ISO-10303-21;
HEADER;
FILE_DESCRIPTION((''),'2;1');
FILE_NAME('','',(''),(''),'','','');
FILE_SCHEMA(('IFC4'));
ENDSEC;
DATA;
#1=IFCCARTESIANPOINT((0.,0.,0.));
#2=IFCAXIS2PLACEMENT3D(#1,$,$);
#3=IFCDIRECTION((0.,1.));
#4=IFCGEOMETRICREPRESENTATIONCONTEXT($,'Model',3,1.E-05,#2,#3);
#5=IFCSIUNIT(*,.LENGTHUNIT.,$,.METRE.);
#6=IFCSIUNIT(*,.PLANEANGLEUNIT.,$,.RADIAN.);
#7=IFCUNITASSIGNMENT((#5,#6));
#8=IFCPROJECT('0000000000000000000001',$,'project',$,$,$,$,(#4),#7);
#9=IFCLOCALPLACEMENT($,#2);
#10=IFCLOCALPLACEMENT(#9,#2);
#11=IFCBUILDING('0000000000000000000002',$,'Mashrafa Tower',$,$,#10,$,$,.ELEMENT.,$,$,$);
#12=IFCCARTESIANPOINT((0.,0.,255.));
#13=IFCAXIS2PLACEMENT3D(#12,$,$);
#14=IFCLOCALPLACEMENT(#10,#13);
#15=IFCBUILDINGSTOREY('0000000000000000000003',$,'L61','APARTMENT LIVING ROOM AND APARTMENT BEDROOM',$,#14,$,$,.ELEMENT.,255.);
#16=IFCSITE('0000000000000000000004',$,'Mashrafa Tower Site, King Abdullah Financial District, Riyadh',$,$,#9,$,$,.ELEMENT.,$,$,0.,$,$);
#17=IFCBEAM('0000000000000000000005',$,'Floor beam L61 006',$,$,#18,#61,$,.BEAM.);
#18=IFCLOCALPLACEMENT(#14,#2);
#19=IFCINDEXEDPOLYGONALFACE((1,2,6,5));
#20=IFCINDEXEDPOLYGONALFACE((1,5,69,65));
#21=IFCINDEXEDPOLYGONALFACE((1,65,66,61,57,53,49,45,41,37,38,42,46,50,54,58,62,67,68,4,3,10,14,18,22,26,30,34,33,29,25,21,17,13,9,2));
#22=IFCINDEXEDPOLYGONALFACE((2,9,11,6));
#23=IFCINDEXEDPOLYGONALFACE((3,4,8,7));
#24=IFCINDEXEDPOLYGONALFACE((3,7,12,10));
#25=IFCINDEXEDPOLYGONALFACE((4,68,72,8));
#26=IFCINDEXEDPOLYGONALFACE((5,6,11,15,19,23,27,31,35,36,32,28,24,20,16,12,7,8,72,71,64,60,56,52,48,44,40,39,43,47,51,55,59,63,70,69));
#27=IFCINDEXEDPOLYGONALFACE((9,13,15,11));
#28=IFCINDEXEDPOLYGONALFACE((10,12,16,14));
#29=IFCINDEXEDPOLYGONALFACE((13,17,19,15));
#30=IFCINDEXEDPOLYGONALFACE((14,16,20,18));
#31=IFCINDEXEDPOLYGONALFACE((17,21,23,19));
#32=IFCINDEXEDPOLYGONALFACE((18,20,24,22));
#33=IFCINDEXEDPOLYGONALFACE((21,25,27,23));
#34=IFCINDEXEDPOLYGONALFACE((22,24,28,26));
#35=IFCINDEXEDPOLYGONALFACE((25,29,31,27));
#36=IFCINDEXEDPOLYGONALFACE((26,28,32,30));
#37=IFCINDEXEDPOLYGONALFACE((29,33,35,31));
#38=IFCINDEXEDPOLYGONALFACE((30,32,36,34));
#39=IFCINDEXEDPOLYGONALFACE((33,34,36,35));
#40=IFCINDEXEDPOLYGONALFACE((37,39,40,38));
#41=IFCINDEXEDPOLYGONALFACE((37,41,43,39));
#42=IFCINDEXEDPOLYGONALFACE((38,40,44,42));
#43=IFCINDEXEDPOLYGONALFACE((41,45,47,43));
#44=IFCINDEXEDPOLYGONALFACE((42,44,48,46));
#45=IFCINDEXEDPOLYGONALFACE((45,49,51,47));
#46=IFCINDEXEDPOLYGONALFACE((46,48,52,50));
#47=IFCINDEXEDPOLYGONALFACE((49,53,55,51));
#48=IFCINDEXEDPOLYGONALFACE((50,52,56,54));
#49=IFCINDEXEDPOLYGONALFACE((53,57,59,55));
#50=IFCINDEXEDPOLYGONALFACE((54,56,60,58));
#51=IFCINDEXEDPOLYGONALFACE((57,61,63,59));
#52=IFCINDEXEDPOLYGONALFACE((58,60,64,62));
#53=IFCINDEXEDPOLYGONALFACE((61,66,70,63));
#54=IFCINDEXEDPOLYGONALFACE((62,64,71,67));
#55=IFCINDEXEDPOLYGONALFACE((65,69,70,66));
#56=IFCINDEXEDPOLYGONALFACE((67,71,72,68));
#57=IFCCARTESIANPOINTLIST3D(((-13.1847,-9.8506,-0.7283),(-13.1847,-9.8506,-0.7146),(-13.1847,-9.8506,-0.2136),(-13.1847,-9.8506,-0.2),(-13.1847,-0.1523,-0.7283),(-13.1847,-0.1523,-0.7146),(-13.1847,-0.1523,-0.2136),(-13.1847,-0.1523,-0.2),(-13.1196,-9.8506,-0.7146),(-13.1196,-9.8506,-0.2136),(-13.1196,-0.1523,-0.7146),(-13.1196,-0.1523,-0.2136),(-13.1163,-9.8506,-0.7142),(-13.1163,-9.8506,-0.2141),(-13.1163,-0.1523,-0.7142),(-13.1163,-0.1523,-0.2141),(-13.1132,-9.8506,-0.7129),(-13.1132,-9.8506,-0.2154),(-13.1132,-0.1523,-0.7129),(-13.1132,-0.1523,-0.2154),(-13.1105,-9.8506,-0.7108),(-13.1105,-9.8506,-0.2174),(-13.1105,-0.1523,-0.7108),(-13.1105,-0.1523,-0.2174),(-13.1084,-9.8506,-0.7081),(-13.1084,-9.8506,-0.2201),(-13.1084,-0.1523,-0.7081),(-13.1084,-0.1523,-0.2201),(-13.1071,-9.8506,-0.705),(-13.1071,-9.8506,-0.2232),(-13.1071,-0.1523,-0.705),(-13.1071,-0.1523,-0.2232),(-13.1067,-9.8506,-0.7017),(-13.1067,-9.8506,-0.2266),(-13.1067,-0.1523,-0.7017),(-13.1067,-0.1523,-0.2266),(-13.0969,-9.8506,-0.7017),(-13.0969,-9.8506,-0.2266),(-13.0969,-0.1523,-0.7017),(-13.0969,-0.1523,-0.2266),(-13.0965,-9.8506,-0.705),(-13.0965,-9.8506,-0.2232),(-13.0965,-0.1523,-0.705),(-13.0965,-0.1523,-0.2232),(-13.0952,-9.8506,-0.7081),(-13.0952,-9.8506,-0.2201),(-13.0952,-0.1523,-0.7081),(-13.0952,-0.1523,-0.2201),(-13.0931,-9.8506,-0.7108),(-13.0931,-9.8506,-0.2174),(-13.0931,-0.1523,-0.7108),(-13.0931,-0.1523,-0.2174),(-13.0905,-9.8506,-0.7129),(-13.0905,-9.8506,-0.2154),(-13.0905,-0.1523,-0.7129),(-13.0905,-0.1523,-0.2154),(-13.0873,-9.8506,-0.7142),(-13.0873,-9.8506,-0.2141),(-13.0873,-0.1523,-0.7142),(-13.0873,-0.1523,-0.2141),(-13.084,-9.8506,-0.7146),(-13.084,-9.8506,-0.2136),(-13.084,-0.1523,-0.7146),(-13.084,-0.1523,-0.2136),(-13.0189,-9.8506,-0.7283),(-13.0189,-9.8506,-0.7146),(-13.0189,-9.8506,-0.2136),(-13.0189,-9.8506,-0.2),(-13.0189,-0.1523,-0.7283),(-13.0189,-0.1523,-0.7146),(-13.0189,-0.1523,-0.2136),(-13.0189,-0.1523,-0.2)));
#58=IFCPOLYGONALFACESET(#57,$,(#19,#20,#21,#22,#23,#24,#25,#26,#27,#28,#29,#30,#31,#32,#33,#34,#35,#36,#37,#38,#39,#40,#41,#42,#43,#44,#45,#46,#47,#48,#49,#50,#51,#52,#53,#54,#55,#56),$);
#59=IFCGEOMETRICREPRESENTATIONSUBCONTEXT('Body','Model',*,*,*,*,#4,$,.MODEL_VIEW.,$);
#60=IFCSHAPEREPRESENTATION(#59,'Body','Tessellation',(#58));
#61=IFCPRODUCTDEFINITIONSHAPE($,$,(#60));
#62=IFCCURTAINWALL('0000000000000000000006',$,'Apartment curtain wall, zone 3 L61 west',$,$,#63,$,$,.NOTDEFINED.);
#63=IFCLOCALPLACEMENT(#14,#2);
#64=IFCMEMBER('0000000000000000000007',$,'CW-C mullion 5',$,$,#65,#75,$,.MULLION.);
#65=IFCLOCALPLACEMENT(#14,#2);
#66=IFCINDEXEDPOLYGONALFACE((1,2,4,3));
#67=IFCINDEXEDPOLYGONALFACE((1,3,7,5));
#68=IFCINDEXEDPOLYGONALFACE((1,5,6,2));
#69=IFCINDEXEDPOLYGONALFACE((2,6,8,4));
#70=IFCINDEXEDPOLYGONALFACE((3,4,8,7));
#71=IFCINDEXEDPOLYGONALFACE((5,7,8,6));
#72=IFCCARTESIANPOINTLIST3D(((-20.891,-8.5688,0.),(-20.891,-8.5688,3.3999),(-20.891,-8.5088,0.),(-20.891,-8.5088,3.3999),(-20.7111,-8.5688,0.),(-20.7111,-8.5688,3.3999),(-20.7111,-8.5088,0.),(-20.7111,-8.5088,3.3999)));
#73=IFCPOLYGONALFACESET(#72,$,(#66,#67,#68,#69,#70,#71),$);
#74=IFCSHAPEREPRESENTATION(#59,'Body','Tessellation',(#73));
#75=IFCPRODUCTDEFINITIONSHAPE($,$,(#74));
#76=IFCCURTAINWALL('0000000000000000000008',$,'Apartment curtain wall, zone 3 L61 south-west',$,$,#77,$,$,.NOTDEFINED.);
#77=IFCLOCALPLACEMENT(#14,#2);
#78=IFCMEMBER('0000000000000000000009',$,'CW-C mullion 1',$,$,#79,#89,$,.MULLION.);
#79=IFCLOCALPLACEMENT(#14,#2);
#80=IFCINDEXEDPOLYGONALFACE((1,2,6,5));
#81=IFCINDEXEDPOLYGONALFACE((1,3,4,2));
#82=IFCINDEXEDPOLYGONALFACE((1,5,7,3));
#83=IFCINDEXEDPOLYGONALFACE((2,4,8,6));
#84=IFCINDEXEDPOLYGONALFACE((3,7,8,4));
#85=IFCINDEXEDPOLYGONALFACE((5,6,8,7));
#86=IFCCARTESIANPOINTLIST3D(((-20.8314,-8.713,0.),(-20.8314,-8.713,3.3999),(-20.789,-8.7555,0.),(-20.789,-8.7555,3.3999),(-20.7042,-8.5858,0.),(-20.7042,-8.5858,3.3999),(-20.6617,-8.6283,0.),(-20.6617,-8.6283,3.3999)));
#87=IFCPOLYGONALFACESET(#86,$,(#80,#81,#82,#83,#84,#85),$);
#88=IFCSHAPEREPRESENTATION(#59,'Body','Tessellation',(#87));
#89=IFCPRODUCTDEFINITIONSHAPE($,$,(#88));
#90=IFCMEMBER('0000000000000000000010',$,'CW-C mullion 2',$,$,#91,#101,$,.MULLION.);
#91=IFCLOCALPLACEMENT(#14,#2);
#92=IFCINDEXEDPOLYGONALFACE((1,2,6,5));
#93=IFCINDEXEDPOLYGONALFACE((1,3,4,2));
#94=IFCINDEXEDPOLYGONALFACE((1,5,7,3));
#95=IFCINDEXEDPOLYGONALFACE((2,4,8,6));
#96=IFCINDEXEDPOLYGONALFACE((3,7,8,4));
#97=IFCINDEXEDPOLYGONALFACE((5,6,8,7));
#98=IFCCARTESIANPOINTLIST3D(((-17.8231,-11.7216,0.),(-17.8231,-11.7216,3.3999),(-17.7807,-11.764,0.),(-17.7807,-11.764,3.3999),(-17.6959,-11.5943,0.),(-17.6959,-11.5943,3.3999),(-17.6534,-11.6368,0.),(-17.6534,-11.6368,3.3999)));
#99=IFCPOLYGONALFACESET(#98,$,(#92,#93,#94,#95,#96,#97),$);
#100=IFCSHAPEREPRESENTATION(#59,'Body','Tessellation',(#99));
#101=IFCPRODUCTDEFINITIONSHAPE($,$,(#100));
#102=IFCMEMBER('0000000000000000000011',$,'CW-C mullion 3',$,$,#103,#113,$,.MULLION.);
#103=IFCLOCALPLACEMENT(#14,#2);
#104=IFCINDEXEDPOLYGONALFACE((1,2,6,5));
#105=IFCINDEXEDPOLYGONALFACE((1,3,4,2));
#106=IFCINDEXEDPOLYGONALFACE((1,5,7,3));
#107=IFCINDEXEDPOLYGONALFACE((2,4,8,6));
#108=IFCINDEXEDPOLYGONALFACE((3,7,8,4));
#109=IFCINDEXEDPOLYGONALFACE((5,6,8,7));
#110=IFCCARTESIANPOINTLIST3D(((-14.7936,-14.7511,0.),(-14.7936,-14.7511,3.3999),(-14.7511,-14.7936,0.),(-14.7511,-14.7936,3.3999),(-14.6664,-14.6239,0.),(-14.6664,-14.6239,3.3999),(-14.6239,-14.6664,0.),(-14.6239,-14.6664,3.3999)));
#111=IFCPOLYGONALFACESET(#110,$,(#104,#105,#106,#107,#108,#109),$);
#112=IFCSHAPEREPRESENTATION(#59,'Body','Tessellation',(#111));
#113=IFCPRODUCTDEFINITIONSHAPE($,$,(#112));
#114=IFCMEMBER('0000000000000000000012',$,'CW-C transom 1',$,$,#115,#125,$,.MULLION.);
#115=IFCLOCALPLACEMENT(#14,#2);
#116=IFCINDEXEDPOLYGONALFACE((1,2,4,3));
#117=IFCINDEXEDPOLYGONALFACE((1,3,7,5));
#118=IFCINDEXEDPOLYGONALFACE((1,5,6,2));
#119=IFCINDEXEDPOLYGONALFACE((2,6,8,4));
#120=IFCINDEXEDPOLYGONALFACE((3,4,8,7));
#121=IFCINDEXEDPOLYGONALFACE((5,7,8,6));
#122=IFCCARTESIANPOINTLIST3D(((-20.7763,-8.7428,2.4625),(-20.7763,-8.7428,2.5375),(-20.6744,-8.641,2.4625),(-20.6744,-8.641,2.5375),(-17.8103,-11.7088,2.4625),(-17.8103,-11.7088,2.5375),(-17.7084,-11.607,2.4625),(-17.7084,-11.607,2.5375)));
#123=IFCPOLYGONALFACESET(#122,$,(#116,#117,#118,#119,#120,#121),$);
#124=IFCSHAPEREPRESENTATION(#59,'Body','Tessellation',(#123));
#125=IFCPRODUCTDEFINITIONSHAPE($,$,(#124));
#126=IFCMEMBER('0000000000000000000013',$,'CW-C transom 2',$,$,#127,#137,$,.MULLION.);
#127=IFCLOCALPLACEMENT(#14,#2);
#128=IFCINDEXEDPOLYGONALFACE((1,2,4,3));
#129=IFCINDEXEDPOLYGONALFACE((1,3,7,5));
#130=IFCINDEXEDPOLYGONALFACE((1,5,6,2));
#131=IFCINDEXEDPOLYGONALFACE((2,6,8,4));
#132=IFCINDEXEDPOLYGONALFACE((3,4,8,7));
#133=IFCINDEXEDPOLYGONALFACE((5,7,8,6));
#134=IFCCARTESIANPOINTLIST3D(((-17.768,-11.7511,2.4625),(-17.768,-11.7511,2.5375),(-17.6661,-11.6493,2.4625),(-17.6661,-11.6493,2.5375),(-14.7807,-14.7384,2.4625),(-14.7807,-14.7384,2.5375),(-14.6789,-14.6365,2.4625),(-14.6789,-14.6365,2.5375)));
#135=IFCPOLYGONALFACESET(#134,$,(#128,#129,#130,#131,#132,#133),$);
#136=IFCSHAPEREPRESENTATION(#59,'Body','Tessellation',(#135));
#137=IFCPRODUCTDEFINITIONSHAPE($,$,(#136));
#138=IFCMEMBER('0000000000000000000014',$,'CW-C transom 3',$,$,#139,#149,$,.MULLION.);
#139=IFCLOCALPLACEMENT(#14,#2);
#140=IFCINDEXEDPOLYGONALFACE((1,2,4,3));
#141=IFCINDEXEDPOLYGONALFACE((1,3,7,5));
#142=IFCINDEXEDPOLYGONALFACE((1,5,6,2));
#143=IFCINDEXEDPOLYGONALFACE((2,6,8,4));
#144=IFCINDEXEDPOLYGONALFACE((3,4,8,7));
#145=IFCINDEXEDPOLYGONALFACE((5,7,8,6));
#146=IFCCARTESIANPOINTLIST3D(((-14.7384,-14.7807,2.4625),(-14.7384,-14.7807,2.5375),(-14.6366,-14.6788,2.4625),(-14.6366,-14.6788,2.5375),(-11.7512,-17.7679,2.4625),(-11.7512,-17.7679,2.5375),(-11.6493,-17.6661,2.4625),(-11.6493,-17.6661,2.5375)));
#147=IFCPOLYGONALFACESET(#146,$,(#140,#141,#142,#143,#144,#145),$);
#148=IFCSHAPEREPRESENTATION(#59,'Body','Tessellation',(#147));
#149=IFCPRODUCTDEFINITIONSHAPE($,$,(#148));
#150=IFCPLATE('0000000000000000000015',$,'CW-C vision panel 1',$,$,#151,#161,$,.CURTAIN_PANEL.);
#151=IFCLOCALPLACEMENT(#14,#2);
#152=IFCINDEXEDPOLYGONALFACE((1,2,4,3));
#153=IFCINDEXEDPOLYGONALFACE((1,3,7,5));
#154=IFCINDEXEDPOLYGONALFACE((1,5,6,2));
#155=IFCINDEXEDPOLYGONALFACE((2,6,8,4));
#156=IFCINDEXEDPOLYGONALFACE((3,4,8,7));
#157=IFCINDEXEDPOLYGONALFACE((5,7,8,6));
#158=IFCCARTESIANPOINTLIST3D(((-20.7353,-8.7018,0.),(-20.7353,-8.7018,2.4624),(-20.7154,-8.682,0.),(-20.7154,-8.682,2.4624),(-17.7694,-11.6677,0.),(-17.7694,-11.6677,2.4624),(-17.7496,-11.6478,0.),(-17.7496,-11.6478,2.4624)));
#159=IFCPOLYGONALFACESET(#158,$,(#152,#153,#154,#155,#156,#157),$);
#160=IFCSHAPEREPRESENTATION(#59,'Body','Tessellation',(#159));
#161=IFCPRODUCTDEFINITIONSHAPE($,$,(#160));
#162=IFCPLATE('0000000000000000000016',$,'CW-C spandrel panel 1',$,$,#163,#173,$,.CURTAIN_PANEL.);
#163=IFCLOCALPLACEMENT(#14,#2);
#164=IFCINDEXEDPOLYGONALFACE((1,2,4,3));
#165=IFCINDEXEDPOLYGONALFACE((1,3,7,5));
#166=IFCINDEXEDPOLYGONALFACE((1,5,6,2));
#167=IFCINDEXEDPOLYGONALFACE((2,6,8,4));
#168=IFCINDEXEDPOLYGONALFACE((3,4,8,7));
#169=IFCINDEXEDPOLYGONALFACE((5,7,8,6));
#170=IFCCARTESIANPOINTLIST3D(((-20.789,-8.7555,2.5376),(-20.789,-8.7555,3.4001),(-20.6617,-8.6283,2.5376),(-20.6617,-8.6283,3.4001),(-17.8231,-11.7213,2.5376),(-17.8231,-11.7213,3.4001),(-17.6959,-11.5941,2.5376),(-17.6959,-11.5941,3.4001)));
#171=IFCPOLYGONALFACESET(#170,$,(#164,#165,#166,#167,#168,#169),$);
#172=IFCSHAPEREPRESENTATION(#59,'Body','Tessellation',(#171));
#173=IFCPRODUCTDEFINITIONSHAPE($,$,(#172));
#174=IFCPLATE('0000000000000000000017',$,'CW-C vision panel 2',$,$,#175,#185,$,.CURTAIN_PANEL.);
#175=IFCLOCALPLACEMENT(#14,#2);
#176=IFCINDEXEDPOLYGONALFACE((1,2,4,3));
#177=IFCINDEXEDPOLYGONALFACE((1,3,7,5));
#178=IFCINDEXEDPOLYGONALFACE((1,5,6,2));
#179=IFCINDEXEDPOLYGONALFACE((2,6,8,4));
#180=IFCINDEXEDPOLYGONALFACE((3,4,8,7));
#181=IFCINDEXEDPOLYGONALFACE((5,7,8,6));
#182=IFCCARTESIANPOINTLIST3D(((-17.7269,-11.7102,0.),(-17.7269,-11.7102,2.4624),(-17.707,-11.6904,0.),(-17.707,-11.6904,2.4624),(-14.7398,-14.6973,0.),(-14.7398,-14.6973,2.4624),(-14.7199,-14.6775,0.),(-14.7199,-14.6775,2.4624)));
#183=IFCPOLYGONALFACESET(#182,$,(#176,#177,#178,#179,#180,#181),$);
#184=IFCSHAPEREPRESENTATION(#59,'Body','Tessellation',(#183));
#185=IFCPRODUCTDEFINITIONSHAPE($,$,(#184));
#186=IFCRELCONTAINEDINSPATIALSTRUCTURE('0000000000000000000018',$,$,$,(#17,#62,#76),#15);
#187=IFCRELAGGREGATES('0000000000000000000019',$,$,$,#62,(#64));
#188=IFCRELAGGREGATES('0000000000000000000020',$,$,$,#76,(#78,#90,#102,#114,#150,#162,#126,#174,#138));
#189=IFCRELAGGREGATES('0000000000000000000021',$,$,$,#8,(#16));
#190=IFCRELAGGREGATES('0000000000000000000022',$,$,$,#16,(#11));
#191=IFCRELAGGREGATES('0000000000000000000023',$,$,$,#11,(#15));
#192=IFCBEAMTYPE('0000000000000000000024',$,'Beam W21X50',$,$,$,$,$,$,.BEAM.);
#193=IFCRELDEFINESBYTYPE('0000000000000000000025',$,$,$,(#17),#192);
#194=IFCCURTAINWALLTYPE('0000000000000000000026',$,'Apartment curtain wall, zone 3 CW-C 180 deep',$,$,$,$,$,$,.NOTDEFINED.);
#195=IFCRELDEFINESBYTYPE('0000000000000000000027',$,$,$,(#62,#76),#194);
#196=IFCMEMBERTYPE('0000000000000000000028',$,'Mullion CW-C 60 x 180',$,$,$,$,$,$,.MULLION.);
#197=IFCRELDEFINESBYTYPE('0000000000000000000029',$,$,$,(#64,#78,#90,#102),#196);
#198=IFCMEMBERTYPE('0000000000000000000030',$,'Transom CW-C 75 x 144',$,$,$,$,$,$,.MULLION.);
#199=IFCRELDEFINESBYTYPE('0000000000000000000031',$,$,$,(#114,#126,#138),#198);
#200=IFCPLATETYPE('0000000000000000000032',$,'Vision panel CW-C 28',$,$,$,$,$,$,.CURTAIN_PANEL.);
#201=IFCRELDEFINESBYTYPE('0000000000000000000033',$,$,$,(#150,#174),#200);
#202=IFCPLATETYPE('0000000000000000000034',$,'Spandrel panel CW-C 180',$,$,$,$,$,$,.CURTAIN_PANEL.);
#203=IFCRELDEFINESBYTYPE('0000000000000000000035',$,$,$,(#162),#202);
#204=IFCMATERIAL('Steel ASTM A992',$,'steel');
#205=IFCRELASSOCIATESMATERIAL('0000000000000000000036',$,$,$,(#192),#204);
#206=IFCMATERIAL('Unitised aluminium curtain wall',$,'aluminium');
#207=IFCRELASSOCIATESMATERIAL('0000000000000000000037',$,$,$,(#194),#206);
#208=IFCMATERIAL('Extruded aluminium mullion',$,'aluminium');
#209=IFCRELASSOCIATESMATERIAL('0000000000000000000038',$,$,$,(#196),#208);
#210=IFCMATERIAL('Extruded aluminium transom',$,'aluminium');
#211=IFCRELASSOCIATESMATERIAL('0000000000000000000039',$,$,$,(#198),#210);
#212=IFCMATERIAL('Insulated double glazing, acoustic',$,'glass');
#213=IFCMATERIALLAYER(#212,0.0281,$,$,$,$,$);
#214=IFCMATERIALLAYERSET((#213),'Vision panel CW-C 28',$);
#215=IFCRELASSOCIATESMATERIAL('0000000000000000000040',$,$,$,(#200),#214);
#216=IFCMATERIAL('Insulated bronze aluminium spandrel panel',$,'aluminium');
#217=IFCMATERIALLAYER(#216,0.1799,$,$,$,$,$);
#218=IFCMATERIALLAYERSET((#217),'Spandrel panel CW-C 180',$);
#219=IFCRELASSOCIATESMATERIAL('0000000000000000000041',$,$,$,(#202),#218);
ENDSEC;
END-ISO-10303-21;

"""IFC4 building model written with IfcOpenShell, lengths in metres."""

from ifc_helpers import new_model, si_unit, direction, frame, origin, origin_2d, place, context, subcontext, project, spatial, rectangle, i_section, extrude, source, transform, mapped, material, layer, layer_set, material_profile, profile_set, type_object, type_shapes, element, aggregate, save


model = new_model("IFC4")

# Units and contexts
model_context = context("Model", 3, precision=1e-05, world=origin(), true_north=direction((0.0, 1.0)))
body_context = subcontext(model_context, "Body", "Model", "MODEL_VIEW")
ifc_project = project(units=[si_unit("LENGTHUNIT", "METRE"), si_unit("PLANEANGLEUNIT", "RADIAN")], contexts=[model_context])

# Site, building, storey
site_placement = place(None, origin())
site = spatial("IfcSite", under=ifc_project, at=site_placement, Name="Mashrafa Tower Site, King Abdullah Financial District, Riyadh", CompositionType="ELEMENT", RefElevation=0.0)
building_placement = place(site_placement, origin())
building = spatial("IfcBuilding", under=site, at=building_placement, Name="Mashrafa Tower", CompositionType="ELEMENT")
storey_placement = place(building_placement, frame((0.0, 0.0, 255.0)))
storey = spatial("IfcBuildingStorey", under=building, at=storey_placement, Name="L61", Description="APARTMENT LIVING ROOM AND APARTMENT BEDROOM", CompositionType="ELEMENT", Elevation=255.0)

# Beam
ifc_material_1 = material(Name="Steel ASTM A992", Category="steel")
ifc_material_profile_1 = material_profile(ifc_material_1, i_section(OverallWidth=0.1658, OverallDepth=0.5283, WebThickness=0.0098, FlangeThickness=0.0137, FilletRadius=0.0129, at=origin_2d()), Name="W21X50")
ifc_profile_set_1 = profile_set([ifc_material_profile_1], Name="Steel ASTM A992")
beam_type_1 = type_object("IfcBeamType", Name="Beam W21X50", PredefinedType="BEAM", material=ifc_profile_set_1)
beam_1_placement = place(storey_placement, frame((-13.1018, -9.8506, -0.4641), z_axis=(0.0, 1.0, 0.0), x_axis=(-1.0, 0.0, 0.0)))
element("IfcBeam", 1, at=beam_1_placement, inside=storey, type_object=beam_type_1, Name="Floor beam L61 006", PredefinedType="BEAM", context=body_context, shape_type="SweptSolid", body=[
    extrude(i_section(OverallWidth=0.1658, OverallDepth=0.5283, WebThickness=0.0098, FlangeThickness=0.0137, FilletRadius=0.0129, at=origin_2d()), origin(), (0.0, 0.0, 1.0), 9.6982),
])

# Curtain wall, member
ifc_material_2 = material(Name="Unitised aluminium curtain wall", Category="aluminium")
curtain_wall_type = type_object("IfcCurtainWallType", Name="Apartment curtain wall, zone 3 CW-C 180 deep", PredefinedType="NOTDEFINED", material=ifc_material_2)
curtain_wall_1_placement = place(storey_placement, origin())
curtain_wall_1 = element("IfcCurtainWall", 2, at=curtain_wall_1_placement, inside=storey, type_object=curtain_wall_type, Name="Apartment curtain wall, zone 3 L61 west", PredefinedType="NOTDEFINED")
ifc_material_3 = material(Name="Extruded aluminium mullion", Category="aluminium")
ifc_material_profile_2 = material_profile(ifc_material_3, rectangle(XDim=0.1799, YDim=0.0601, at=origin_2d()), Name="Mullion 60x180")
ifc_profile_set_2 = profile_set([ifc_material_profile_2], Name="Extruded aluminium mullion")
member_type_1 = type_object("IfcMemberType", Name="Mullion CW-C 60 x 180", PredefinedType="MULLION", material=ifc_profile_set_2)
shared_shape_1 = source(origin(), body_context, "Body", "SweptSolid", [
    extrude(rectangle(XDim=0.1799, YDim=0.0601, at=origin_2d()), origin(), (0.0, 0.0, 1.0), 3.3999),
])
type_shapes(member_type_1, [shared_shape_1])
member_1_placement = place(storey_placement, frame((-20.801, -8.5388, 0.0), z_axis=(0.0, 0.0, 1.0), x_axis=(1.0, 0.0, 0.0)))
member_1 = element("IfcMember", 3, at=member_1_placement, type_object=member_type_1, Name="CW-C mullion 5", PredefinedType="MULLION", context=body_context, shape_type="MappedRepresentation", body=[
    mapped(shared_shape_1, transform((0.0, 0.0, 0.0))),
])
aggregate(curtain_wall_1, [member_1])

# Curtain wall, members, plates
curtain_wall_2_placement = place(storey_placement, origin())
curtain_wall_2 = element("IfcCurtainWall", 4, at=curtain_wall_2_placement, inside=storey, type_object=curtain_wall_type, Name="Apartment curtain wall, zone 3 L61 south-west", PredefinedType="NOTDEFINED")
member_2_placement = place(storey_placement, frame((-20.7466, -8.6707, 0.0), z_axis=(0.0, 0.0, 1.0), x_axis=(0.707107, 0.707107, 0.0)))
member_2 = element("IfcMember", 5, at=member_2_placement, type_object=member_type_1, Name="CW-C mullion 1", PredefinedType="MULLION", context=body_context, shape_type="MappedRepresentation", body=[
    mapped(shared_shape_1, transform((0.0, 0.0, 0.0))),
])
member_3_placement = place(storey_placement, frame((-17.7383, -11.6792, 0.0), z_axis=(0.0, 0.0, 1.0), x_axis=(0.707107, 0.707107, 0.0)))
member_3 = element("IfcMember", 6, at=member_3_placement, type_object=member_type_1, Name="CW-C mullion 2", PredefinedType="MULLION", context=body_context, shape_type="MappedRepresentation", body=[
    mapped(shared_shape_1, transform((0.0, 0.0, 0.0))),
])
member_4_placement = place(storey_placement, frame((-14.7087, -14.7087, 0.0), z_axis=(0.0, 0.0, 1.0), x_axis=(0.707107, 0.707107, 0.0)))
member_4 = element("IfcMember", 7, at=member_4_placement, type_object=member_type_1, Name="CW-C mullion 3", PredefinedType="MULLION", context=body_context, shape_type="MappedRepresentation", body=[
    mapped(shared_shape_1, transform((0.0, 0.0, 0.0))),
])
ifc_material_4 = material(Name="Extruded aluminium transom", Category="aluminium")
ifc_material_profile_3 = material_profile(ifc_material_4, rectangle(XDim=0.144, YDim=0.075, at=origin_2d()), Name="Transom 75x144")
ifc_profile_set_3 = profile_set([ifc_material_profile_3], Name="Extruded aluminium transom")
member_type_2 = type_object("IfcMemberType", Name="Transom CW-C 75 x 144", PredefinedType="MULLION", material=ifc_profile_set_3)
shared_shape_2 = source(origin(), body_context, "Body", "SweptSolid", [
    extrude(rectangle(XDim=0.144, YDim=0.075, at=origin_2d()), origin(), (0.0, 0.0, 1.0), 4.1946),
])
member_5_placement = place(storey_placement, frame((-20.7253, -8.6919, 2.5), z_axis=(0.707107, -0.707107, 0.0), x_axis=(0.707107, 0.707107, 0.0)))
member_5 = element("IfcMember", 8, at=member_5_placement, type_object=member_type_2, Name="CW-C transom 1", PredefinedType="MULLION", context=body_context, shape_type="MappedRepresentation", body=[
    mapped(shared_shape_2, transform((0.0, 0.0, 0.0))),
])
shared_shape_3 = source(origin(), body_context, "Body", "SweptSolid", [
    extrude(rectangle(XDim=0.144, YDim=0.075, at=origin_2d()), origin(), (0.0, 0.0, 1.0), 4.2246),
])
type_shapes(member_type_2, [shared_shape_2, shared_shape_3])
member_6_placement = place(storey_placement, frame((-17.717, -11.7002, 2.5), z_axis=(0.707107, -0.707107, 0.0), x_axis=(0.707107, 0.707107, 0.0)))
member_6 = element("IfcMember", 9, at=member_6_placement, type_object=member_type_2, Name="CW-C transom 2", PredefinedType="MULLION", context=body_context, shape_type="MappedRepresentation", body=[
    mapped(shared_shape_3, transform((0.0, 0.0, 0.0))),
])
member_7_placement = place(storey_placement, frame((-14.6875, -14.7297, 2.5), z_axis=(0.707107, -0.707107, 0.0), x_axis=(0.707107, 0.707107, 0.0)))
member_7 = element("IfcMember", 10, at=member_7_placement, type_object=member_type_2, Name="CW-C transom 3", PredefinedType="MULLION", context=body_context, shape_type="MappedRepresentation", body=[
    mapped(shared_shape_3, transform((0.0, 0.0, 0.0))),
])
ifc_material_5 = material(Name="Insulated double glazing, acoustic", Category="glass")
ifc_layer_1 = layer(ifc_material_5, 0.0281)
ifc_layer_set_1 = layer_set([ifc_layer_1], Name="Vision panel CW-C 28")
plate_type_1 = type_object("IfcPlateType", Name="Vision panel CW-C 28", PredefinedType="CURTAIN_PANEL", material=ifc_layer_set_1)
shared_shape_4 = source(origin(), body_context, "Body", "SweptSolid", [
    extrude(rectangle(XDim=4.1943, YDim=0.0281, at=origin_2d()), origin(), (0.0, 0.0, 1.0), 2.4624),
])
plate_1_placement = place(storey_placement, frame((-19.2424, -10.1748, 0.0), z_axis=(0.0, 0.0, 1.0), x_axis=(0.707107, -0.707107, 0.0)))
plate_1 = element("IfcPlate", 11, at=plate_1_placement, type_object=plate_type_1, Name="CW-C vision panel 1", PredefinedType="CURTAIN_PANEL", context=body_context, shape_type="MappedRepresentation", body=[
    mapped(shared_shape_4, transform((0.0, 0.0, 0.0))),
])
ifc_material_6 = material(Name="Insulated bronze aluminium spandrel panel", Category="aluminium")
ifc_layer_2 = layer(ifc_material_6, 0.1799)
ifc_layer_set_2 = layer_set([ifc_layer_2], Name="Spandrel panel CW-C 180")
plate_type_2 = type_object("IfcPlateType", Name="Spandrel panel CW-C 180", PredefinedType="CURTAIN_PANEL", material=ifc_layer_set_2)
shared_shape_5 = source(origin(), body_context, "Body", "SweptSolid", [
    extrude(rectangle(XDim=4.1943, YDim=0.1799, at=origin_2d()), origin(), (0.0, 0.0, 1.0), 0.8625),
])
plate_2_placement = place(storey_placement, frame((-19.2424, -10.1748, 2.5376), z_axis=(0.0, 0.0, 1.0), x_axis=(0.707107, -0.707107, 0.0)))
plate_2 = element("IfcPlate", 12, at=plate_2_placement, type_object=plate_type_2, Name="CW-C spandrel panel 1", PredefinedType="CURTAIN_PANEL", context=body_context, shape_type="MappedRepresentation", body=[
    mapped(shared_shape_5, transform((0.0, 0.0, 0.0))),
])
shared_shape_6 = source(origin(), body_context, "Body", "SweptSolid", [
    extrude(rectangle(XDim=4.2244, YDim=0.0281, at=origin_2d()), origin(), (0.0, 0.0, 1.0), 2.4624),
])
type_shapes(plate_type_1, [shared_shape_4, shared_shape_6])
plate_3_placement = place(storey_placement, frame((-16.2234, -13.1938, 0.0), z_axis=(0.0, 0.0, 1.0), x_axis=(0.707107, -0.707107, 0.0)))
plate_3 = element("IfcPlate", 13, at=plate_3_placement, type_object=plate_type_1, Name="CW-C vision panel 2", PredefinedType="CURTAIN_PANEL", context=body_context, shape_type="MappedRepresentation", body=[
    mapped(shared_shape_6, transform((0.0, 0.0, 0.0))),
])
aggregate(curtain_wall_2, [member_2, member_3, member_4, member_5, plate_1, plate_2, member_6, plate_3, member_7])

save(model, "model.ifc")
